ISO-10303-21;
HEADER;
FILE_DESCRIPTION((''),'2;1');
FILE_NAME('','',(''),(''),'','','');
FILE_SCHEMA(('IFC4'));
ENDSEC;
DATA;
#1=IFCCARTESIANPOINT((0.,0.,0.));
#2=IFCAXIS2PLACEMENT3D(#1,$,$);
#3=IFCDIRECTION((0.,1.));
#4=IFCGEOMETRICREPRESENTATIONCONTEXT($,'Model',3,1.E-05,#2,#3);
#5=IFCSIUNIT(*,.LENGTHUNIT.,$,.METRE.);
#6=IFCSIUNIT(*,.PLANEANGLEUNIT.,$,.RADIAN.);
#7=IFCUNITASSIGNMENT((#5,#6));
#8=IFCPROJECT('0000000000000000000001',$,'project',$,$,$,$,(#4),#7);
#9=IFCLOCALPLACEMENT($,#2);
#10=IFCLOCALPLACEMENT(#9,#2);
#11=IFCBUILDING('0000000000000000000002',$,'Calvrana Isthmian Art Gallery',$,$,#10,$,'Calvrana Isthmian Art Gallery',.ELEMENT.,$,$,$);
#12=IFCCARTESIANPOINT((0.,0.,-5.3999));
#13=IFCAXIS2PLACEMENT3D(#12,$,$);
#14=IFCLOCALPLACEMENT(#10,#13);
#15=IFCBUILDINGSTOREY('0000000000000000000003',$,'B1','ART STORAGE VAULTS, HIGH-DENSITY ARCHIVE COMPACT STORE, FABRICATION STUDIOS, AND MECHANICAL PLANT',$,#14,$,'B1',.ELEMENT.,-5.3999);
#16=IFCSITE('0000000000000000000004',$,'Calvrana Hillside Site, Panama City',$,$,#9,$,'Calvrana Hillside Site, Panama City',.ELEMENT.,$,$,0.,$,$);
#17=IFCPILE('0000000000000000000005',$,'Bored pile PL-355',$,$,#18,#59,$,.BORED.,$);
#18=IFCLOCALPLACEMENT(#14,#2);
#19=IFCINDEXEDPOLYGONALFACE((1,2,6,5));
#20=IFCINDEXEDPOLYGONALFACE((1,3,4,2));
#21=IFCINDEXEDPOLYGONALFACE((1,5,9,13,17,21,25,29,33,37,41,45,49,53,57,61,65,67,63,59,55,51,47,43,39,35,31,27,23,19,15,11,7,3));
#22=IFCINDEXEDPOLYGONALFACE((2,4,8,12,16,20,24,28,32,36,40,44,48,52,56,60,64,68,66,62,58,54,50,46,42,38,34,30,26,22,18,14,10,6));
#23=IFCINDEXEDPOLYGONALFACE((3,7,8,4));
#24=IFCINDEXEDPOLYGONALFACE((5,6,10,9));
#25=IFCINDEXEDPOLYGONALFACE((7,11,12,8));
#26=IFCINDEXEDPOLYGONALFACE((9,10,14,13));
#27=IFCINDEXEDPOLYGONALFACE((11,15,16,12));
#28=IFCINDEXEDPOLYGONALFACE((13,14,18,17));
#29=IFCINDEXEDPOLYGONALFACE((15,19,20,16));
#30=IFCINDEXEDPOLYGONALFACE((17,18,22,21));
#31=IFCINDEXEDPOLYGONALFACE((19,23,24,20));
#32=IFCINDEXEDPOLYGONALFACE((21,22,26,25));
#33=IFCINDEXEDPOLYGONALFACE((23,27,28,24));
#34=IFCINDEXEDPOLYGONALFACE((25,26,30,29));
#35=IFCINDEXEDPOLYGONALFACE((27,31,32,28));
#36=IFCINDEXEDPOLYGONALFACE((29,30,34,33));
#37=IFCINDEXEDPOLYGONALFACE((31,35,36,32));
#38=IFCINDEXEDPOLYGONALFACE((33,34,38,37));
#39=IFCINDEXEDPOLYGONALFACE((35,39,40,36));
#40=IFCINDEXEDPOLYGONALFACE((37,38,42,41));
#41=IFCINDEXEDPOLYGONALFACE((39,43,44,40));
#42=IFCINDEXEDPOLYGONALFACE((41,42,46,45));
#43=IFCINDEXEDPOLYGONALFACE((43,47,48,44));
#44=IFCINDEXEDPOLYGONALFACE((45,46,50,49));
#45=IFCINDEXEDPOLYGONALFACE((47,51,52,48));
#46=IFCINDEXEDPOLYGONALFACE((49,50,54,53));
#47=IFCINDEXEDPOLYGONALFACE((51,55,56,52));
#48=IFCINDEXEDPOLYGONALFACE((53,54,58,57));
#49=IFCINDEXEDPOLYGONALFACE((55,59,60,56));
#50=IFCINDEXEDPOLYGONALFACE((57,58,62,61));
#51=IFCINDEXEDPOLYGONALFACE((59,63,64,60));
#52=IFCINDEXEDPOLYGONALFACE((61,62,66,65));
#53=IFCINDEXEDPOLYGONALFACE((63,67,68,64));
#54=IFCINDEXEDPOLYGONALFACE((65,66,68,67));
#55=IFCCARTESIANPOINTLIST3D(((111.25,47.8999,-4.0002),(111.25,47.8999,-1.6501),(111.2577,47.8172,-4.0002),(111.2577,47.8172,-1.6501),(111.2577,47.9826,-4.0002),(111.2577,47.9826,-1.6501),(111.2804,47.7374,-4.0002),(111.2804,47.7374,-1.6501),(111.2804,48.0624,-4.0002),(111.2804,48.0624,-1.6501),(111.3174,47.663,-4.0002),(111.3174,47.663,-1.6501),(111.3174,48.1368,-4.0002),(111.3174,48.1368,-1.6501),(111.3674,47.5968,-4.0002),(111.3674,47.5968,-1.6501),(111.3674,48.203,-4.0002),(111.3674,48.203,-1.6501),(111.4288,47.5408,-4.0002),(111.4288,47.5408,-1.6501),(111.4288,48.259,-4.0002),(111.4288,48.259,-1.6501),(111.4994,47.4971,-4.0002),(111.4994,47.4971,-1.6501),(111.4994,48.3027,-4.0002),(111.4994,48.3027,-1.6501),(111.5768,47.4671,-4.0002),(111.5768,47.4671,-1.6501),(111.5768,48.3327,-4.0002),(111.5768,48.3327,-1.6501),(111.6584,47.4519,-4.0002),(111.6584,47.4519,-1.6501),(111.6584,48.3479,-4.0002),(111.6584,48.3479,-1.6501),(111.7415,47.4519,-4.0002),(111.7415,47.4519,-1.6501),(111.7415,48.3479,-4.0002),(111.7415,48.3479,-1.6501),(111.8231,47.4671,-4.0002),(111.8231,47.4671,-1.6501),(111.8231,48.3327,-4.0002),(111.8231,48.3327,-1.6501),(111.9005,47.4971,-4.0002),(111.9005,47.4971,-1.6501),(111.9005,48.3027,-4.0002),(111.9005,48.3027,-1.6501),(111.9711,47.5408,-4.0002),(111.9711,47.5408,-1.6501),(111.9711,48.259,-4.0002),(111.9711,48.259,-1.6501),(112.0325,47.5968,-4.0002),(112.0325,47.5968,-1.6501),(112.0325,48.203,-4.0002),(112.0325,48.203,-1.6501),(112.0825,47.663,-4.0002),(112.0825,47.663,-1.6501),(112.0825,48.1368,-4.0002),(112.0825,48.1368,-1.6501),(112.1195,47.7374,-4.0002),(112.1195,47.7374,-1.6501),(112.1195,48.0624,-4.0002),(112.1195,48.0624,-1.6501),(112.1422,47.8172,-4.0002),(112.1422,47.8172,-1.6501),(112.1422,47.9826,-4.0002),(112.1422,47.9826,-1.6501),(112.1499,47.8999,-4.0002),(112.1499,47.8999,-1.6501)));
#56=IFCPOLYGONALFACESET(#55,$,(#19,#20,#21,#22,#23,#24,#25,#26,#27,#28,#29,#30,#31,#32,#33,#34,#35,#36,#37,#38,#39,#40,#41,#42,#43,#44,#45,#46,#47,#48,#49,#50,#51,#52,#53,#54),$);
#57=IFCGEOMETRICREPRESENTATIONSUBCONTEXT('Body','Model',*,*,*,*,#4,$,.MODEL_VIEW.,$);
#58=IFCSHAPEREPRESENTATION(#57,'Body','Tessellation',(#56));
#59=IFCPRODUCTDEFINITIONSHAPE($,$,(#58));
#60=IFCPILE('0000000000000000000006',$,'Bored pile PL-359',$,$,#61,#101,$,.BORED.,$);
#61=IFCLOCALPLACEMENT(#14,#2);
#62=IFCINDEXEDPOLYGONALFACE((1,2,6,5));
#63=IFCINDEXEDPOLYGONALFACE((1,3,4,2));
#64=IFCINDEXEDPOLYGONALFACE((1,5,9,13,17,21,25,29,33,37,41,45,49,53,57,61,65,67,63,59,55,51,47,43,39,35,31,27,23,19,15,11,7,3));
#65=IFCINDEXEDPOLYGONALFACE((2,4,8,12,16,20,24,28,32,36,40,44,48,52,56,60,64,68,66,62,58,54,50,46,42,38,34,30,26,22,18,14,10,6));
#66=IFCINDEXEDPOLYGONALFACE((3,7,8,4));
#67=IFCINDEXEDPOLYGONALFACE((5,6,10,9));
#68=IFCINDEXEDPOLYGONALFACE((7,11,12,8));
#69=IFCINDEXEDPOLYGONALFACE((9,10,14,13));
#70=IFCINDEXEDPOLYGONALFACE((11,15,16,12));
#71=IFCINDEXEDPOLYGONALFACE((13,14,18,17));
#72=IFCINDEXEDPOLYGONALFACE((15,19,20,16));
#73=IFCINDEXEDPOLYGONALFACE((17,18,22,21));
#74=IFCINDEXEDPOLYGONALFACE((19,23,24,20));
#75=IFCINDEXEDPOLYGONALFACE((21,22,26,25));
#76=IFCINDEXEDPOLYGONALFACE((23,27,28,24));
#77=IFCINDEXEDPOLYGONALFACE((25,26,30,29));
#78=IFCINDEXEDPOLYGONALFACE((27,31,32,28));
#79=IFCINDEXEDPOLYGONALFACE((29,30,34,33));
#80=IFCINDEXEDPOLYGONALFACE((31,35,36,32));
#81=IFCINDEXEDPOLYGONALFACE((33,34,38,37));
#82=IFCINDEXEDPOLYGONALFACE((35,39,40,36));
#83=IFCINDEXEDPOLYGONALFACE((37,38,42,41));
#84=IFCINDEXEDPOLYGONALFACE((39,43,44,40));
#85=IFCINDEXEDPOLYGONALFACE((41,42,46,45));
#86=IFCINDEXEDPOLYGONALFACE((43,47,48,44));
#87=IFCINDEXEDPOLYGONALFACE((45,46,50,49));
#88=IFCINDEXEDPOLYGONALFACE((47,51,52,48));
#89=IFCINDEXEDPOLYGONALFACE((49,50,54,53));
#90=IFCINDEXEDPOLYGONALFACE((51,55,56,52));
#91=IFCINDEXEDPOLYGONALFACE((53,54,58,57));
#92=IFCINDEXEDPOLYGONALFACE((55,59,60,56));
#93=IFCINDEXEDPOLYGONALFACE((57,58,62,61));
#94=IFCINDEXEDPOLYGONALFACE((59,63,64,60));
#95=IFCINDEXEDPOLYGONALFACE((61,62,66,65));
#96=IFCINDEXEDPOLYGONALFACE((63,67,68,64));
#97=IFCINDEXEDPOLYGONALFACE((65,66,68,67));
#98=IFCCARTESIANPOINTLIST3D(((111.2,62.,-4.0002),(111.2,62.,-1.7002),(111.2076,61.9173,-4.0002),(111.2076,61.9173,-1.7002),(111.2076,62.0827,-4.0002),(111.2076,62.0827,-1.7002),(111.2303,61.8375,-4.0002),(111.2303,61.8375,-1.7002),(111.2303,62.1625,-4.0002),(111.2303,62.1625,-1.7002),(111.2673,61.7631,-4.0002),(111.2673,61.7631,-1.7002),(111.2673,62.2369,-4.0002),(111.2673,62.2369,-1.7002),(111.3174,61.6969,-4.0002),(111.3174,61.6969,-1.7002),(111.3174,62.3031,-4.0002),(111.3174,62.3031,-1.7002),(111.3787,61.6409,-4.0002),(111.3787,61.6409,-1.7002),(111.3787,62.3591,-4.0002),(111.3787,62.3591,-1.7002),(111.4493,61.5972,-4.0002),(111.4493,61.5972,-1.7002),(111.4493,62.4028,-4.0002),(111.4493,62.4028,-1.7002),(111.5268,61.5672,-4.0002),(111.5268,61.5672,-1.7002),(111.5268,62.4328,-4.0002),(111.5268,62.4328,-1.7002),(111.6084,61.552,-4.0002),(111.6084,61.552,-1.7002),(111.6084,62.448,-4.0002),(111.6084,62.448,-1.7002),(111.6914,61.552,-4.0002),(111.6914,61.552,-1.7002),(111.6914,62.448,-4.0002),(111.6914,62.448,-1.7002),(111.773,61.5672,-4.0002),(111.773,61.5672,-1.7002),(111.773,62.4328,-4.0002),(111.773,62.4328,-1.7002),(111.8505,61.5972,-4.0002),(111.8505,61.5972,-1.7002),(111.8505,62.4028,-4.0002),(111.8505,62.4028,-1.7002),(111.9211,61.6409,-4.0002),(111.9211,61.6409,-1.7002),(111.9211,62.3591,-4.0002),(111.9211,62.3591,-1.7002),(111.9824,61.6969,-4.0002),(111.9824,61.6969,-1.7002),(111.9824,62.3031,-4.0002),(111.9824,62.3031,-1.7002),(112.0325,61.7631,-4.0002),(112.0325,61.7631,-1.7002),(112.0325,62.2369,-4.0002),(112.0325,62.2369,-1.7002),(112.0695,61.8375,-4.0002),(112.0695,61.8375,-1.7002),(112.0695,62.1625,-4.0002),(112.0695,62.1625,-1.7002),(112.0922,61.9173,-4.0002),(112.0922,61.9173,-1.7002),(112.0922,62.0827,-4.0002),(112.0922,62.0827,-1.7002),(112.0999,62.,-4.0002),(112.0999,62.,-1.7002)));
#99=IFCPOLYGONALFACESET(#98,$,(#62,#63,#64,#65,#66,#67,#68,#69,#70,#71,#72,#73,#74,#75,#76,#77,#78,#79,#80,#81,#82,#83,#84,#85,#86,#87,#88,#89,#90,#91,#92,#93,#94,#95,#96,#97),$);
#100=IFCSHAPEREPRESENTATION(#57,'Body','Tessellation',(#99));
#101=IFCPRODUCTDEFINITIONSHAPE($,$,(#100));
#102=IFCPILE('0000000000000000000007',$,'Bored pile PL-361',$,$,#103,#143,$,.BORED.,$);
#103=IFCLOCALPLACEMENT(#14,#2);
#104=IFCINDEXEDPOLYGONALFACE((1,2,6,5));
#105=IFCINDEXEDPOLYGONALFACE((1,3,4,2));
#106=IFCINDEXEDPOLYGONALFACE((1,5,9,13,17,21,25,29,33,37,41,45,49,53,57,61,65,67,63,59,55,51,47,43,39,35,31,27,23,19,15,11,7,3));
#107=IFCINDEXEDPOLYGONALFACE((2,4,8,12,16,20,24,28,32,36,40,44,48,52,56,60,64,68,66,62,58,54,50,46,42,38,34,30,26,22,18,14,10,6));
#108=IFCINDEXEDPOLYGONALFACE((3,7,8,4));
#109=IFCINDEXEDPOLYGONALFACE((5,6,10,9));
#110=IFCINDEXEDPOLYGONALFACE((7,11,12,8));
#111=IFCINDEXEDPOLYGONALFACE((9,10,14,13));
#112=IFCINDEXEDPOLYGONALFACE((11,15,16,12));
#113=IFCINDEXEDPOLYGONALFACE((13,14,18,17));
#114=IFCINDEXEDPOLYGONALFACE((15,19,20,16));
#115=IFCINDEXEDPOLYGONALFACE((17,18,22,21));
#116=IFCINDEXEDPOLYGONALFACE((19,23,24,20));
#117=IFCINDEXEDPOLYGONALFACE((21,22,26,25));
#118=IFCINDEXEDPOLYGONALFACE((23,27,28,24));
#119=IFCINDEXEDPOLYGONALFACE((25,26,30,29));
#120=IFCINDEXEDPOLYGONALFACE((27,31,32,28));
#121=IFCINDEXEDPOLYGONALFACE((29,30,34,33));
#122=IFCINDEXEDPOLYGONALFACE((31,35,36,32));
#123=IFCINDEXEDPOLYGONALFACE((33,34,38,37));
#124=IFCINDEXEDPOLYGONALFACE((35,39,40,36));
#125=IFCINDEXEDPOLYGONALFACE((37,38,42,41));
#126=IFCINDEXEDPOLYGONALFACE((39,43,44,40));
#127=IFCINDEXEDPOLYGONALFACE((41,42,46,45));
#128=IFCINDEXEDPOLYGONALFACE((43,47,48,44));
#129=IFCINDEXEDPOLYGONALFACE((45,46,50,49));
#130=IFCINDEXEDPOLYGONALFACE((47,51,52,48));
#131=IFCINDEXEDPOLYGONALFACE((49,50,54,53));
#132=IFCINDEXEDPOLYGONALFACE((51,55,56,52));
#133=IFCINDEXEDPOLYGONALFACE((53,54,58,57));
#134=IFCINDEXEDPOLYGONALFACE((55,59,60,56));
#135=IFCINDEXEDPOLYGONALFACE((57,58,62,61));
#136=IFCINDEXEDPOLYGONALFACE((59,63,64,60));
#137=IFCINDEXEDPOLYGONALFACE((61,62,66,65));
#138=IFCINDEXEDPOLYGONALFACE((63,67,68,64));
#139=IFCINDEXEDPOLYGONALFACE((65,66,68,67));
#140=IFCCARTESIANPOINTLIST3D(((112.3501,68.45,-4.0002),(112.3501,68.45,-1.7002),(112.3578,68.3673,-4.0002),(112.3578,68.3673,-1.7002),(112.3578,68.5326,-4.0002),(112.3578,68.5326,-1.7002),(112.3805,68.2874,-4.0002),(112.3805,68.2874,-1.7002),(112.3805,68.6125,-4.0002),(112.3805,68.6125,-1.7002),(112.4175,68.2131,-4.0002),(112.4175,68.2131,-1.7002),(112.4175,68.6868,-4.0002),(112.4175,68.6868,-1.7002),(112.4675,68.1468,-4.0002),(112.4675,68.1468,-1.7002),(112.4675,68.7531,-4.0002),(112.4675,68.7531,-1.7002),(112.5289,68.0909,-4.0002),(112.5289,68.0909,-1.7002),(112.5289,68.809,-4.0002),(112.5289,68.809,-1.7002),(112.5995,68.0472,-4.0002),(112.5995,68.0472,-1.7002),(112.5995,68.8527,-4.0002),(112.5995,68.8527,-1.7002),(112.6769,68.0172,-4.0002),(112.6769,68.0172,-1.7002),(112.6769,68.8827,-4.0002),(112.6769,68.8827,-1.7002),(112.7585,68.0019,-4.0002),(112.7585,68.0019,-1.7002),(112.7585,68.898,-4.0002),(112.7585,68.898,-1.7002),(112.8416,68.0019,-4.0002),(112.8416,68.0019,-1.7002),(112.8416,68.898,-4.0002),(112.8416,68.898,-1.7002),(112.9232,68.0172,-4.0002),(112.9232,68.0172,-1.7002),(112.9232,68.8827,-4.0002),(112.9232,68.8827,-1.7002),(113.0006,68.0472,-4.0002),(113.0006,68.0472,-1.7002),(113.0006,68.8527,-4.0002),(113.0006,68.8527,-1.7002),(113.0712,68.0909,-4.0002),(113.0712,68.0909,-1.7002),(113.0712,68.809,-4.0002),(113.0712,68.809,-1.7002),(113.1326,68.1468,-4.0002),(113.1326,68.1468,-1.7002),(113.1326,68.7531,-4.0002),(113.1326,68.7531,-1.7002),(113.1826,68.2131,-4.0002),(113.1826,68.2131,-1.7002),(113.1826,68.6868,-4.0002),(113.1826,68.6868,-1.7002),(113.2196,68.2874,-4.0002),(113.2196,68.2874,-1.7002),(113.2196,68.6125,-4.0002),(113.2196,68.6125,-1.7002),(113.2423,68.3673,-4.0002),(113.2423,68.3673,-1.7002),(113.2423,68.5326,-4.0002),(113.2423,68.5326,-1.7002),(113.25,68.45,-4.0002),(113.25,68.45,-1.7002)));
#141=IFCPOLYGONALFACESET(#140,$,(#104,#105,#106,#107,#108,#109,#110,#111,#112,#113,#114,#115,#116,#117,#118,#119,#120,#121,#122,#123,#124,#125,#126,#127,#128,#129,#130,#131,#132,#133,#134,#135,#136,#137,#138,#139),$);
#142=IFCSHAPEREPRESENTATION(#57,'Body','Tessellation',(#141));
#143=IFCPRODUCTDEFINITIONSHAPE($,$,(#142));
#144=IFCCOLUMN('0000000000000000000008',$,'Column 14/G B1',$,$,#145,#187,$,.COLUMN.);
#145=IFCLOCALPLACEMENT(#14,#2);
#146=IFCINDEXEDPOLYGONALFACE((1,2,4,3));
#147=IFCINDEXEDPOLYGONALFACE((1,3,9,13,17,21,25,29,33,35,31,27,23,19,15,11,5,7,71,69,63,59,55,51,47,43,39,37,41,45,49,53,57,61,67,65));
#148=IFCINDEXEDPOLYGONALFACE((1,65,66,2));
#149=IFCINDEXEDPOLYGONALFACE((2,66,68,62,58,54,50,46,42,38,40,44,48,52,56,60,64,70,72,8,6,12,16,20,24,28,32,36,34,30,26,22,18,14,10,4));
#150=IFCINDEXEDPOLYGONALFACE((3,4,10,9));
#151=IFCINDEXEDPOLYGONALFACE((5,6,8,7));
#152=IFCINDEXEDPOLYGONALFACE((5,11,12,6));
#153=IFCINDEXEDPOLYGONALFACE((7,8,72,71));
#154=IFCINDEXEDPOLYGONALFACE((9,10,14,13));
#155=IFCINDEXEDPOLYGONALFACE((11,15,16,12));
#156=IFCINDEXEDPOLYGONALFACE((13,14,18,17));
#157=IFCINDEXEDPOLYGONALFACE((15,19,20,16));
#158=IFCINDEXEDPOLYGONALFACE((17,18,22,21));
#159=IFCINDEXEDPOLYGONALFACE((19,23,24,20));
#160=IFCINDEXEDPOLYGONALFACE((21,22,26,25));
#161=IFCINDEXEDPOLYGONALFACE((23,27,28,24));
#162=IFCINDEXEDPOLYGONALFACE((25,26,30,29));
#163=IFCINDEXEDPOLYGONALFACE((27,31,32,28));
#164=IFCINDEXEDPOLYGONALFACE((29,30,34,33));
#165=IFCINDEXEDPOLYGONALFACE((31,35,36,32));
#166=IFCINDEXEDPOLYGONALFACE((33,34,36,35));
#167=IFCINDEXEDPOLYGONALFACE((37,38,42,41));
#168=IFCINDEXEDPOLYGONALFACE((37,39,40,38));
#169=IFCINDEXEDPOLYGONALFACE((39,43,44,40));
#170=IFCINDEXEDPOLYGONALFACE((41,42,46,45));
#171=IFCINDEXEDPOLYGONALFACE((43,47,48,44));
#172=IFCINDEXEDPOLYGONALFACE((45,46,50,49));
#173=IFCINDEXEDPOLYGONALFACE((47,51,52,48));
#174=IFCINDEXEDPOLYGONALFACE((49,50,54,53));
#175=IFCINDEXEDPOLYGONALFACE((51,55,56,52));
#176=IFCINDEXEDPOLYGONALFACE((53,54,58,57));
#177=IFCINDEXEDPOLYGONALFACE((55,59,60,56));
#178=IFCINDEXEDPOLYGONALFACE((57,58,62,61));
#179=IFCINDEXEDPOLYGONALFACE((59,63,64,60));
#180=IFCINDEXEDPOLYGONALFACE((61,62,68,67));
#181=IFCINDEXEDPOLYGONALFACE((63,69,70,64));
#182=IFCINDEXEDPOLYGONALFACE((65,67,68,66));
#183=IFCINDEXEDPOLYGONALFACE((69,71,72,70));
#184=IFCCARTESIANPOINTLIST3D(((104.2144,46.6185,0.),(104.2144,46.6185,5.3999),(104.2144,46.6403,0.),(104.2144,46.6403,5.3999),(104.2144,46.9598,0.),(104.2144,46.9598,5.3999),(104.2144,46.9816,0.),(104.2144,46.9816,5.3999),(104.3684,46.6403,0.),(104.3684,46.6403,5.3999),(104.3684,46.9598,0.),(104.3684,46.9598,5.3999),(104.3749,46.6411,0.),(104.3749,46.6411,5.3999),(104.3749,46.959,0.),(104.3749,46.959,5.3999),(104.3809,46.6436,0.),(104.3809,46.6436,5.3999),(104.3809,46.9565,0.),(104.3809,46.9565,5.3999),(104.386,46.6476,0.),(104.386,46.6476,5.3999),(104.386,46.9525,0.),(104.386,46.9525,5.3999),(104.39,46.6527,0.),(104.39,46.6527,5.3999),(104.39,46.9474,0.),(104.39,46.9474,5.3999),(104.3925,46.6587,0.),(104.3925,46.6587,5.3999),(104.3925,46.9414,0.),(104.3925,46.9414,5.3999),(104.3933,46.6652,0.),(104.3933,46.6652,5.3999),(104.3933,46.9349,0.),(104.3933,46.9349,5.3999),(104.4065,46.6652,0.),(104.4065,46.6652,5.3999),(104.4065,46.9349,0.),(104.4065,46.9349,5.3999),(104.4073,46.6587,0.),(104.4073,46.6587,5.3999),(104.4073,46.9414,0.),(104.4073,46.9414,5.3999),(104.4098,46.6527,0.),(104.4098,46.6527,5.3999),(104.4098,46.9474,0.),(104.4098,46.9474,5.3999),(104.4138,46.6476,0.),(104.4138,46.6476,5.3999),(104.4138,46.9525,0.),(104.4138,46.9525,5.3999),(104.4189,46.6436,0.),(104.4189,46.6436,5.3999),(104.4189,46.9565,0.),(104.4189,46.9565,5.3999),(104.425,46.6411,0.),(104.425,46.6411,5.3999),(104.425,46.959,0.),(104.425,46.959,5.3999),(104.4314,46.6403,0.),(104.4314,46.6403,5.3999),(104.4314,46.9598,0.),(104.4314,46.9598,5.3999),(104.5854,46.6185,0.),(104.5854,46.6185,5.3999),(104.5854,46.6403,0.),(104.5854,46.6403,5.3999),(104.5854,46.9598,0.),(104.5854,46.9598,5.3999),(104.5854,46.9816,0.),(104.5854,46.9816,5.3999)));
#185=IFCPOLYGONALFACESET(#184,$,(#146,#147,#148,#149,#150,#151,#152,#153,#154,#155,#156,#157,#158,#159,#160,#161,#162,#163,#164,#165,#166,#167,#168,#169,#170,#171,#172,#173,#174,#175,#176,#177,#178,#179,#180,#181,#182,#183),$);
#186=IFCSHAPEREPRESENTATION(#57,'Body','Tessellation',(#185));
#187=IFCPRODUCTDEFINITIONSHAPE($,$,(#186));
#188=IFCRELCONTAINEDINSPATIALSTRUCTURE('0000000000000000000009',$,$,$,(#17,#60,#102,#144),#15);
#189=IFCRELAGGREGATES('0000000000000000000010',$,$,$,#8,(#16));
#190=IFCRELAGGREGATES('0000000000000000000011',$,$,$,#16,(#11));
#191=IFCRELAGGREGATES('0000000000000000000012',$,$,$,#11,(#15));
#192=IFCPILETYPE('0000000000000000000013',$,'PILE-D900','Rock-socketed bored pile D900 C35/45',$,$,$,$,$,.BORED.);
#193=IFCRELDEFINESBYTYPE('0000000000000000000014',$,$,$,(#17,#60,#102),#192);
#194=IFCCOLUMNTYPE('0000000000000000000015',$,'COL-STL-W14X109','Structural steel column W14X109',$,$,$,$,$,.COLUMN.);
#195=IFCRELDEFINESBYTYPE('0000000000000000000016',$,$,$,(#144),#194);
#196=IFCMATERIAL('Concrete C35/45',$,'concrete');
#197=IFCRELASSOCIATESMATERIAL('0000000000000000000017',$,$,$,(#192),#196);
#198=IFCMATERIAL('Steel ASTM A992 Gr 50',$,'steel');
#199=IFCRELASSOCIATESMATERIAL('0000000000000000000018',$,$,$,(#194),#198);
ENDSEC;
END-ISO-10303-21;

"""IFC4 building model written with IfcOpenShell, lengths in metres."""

from ifc_helpers import new_model, si_unit, direction, frame, origin, origin_2d, place, context, subcontext, project, spatial, circle, i_section, extrude, material, material_profile, profile_set, type_object, element, save


model = new_model("IFC4")

# Units and contexts
model_context = context("Model", 3, precision=1e-05, world=origin(), true_north=direction((0.0, 1.0)))
body_context = subcontext(model_context, "Body", "Model", "MODEL_VIEW")
ifc_project = project(units=[si_unit("LENGTHUNIT", "METRE"), si_unit("PLANEANGLEUNIT", "RADIAN")], contexts=[model_context])

# Site, building, storey
site_placement = place(None, origin())
site = spatial("IfcSite", under=ifc_project, at=site_placement, Name="Calvrana Hillside Site, Panama City", LongName="Calvrana Hillside Site, Panama City", CompositionType="ELEMENT", RefElevation=0.0)
building_placement = place(site_placement, origin())
building = spatial("IfcBuilding", under=site, at=building_placement, Name="Calvrana Isthmian Art Gallery", LongName="Calvrana Isthmian Art Gallery", CompositionType="ELEMENT")
storey_placement = place(building_placement, frame((0.0, 0.0, -5.3999)))
storey = spatial("IfcBuildingStorey", under=building, at=storey_placement, Name="B1", Description="ART STORAGE VAULTS, HIGH-DENSITY ARCHIVE COMPACT STORE, FABRICATION STUDIOS, AND MECHANICAL PLANT", LongName="B1", CompositionType="ELEMENT", Elevation=-5.3999)

# Shared definitions
ifc_material_1 = material(Name="Concrete C35/45", Category="concrete")

# Piles
ifc_material_profile_1 = material_profile(ifc_material_1, circle(Radius=0.45, at=origin_2d()), Name="PILE900D")
ifc_profile_set_1 = profile_set([ifc_material_profile_1], Name="Concrete C35/45")
pile_type_1 = type_object("IfcPileType", Name="PILE-D900", Description="Rock-socketed bored pile D900 C35/45", PredefinedType="BORED", material=ifc_profile_set_1)
for number, where, z_axis, x_axis, name in (
    (1, (111.7, 47.8999, -1.6501), (0.0, 0.0, -1.0), (1.0, 0.0, 0.0), "Bored pile PL-355"),
):
    element("IfcPile", number, at=place(storey_placement, frame(where, z_axis=z_axis, x_axis=x_axis)), inside=storey, type_object=pile_type_1, Name=name, PredefinedType="BORED", context=body_context, shape_type="SweptSolid", body=[
        extrude(circle(Radius=0.45, at=origin_2d()), origin(), (0.0, 0.0, 1.0), 2.3501),
    ])
for number, where, z_axis, x_axis, name in (
    (2, (111.6499, 62.0, -1.7002), (0.0, 0.0, -1.0), (1.0, 0.0, 0.0), "Bored pile PL-359"),
    (3, (112.8, 68.45, -1.7002), (0.0, 0.0, -1.0), (1.0, 0.0, 0.0), "Bored pile PL-361"),
):
    element("IfcPile", number, at=place(storey_placement, frame(where, z_axis=z_axis, x_axis=x_axis)), inside=storey, type_object=pile_type_1, Name=name, PredefinedType="BORED", context=body_context, shape_type="SweptSolid", body=[
        extrude(circle(Radius=0.45, at=origin_2d()), origin(), (0.0, 0.0, 1.0), 2.3),
    ])

# Column
ifc_material_2 = material(Name="Steel ASTM A992 Gr 50", Category="steel")
ifc_material_profile_2 = material_profile(ifc_material_2, i_section(OverallWidth=0.3711, OverallDepth=0.363, WebThickness=0.0132, FlangeThickness=0.0217, FilletRadius=0.0249, at=origin_2d()), Name="W14X109")
ifc_profile_set_2 = profile_set([ifc_material_profile_2], Name="Steel ASTM A992 Gr 50")
column_type_1 = type_object("IfcColumnType", Name="COL-STL-W14X109", Description="Structural steel column W14X109", PredefinedType="COLUMN", material=ifc_profile_set_2)
column_1_placement = place(storey_placement, frame((104.3999, 46.8, 0.0), z_axis=(0.0, 0.0, 1.0), x_axis=(1.0, 0.0, 0.0)))
element("IfcColumn", 4, at=column_1_placement, inside=storey, type_object=column_type_1, Name="Column 14/G B1", PredefinedType="COLUMN", context=body_context, shape_type="SweptSolid", body=[
    extrude(i_section(OverallWidth=0.3711, OverallDepth=0.363, WebThickness=0.0132, FlangeThickness=0.0217, FilletRadius=0.0249, at=origin_2d()), origin(), (0.0, 0.0, 1.0), 5.3999),
])

save(model, "model.ifc")
